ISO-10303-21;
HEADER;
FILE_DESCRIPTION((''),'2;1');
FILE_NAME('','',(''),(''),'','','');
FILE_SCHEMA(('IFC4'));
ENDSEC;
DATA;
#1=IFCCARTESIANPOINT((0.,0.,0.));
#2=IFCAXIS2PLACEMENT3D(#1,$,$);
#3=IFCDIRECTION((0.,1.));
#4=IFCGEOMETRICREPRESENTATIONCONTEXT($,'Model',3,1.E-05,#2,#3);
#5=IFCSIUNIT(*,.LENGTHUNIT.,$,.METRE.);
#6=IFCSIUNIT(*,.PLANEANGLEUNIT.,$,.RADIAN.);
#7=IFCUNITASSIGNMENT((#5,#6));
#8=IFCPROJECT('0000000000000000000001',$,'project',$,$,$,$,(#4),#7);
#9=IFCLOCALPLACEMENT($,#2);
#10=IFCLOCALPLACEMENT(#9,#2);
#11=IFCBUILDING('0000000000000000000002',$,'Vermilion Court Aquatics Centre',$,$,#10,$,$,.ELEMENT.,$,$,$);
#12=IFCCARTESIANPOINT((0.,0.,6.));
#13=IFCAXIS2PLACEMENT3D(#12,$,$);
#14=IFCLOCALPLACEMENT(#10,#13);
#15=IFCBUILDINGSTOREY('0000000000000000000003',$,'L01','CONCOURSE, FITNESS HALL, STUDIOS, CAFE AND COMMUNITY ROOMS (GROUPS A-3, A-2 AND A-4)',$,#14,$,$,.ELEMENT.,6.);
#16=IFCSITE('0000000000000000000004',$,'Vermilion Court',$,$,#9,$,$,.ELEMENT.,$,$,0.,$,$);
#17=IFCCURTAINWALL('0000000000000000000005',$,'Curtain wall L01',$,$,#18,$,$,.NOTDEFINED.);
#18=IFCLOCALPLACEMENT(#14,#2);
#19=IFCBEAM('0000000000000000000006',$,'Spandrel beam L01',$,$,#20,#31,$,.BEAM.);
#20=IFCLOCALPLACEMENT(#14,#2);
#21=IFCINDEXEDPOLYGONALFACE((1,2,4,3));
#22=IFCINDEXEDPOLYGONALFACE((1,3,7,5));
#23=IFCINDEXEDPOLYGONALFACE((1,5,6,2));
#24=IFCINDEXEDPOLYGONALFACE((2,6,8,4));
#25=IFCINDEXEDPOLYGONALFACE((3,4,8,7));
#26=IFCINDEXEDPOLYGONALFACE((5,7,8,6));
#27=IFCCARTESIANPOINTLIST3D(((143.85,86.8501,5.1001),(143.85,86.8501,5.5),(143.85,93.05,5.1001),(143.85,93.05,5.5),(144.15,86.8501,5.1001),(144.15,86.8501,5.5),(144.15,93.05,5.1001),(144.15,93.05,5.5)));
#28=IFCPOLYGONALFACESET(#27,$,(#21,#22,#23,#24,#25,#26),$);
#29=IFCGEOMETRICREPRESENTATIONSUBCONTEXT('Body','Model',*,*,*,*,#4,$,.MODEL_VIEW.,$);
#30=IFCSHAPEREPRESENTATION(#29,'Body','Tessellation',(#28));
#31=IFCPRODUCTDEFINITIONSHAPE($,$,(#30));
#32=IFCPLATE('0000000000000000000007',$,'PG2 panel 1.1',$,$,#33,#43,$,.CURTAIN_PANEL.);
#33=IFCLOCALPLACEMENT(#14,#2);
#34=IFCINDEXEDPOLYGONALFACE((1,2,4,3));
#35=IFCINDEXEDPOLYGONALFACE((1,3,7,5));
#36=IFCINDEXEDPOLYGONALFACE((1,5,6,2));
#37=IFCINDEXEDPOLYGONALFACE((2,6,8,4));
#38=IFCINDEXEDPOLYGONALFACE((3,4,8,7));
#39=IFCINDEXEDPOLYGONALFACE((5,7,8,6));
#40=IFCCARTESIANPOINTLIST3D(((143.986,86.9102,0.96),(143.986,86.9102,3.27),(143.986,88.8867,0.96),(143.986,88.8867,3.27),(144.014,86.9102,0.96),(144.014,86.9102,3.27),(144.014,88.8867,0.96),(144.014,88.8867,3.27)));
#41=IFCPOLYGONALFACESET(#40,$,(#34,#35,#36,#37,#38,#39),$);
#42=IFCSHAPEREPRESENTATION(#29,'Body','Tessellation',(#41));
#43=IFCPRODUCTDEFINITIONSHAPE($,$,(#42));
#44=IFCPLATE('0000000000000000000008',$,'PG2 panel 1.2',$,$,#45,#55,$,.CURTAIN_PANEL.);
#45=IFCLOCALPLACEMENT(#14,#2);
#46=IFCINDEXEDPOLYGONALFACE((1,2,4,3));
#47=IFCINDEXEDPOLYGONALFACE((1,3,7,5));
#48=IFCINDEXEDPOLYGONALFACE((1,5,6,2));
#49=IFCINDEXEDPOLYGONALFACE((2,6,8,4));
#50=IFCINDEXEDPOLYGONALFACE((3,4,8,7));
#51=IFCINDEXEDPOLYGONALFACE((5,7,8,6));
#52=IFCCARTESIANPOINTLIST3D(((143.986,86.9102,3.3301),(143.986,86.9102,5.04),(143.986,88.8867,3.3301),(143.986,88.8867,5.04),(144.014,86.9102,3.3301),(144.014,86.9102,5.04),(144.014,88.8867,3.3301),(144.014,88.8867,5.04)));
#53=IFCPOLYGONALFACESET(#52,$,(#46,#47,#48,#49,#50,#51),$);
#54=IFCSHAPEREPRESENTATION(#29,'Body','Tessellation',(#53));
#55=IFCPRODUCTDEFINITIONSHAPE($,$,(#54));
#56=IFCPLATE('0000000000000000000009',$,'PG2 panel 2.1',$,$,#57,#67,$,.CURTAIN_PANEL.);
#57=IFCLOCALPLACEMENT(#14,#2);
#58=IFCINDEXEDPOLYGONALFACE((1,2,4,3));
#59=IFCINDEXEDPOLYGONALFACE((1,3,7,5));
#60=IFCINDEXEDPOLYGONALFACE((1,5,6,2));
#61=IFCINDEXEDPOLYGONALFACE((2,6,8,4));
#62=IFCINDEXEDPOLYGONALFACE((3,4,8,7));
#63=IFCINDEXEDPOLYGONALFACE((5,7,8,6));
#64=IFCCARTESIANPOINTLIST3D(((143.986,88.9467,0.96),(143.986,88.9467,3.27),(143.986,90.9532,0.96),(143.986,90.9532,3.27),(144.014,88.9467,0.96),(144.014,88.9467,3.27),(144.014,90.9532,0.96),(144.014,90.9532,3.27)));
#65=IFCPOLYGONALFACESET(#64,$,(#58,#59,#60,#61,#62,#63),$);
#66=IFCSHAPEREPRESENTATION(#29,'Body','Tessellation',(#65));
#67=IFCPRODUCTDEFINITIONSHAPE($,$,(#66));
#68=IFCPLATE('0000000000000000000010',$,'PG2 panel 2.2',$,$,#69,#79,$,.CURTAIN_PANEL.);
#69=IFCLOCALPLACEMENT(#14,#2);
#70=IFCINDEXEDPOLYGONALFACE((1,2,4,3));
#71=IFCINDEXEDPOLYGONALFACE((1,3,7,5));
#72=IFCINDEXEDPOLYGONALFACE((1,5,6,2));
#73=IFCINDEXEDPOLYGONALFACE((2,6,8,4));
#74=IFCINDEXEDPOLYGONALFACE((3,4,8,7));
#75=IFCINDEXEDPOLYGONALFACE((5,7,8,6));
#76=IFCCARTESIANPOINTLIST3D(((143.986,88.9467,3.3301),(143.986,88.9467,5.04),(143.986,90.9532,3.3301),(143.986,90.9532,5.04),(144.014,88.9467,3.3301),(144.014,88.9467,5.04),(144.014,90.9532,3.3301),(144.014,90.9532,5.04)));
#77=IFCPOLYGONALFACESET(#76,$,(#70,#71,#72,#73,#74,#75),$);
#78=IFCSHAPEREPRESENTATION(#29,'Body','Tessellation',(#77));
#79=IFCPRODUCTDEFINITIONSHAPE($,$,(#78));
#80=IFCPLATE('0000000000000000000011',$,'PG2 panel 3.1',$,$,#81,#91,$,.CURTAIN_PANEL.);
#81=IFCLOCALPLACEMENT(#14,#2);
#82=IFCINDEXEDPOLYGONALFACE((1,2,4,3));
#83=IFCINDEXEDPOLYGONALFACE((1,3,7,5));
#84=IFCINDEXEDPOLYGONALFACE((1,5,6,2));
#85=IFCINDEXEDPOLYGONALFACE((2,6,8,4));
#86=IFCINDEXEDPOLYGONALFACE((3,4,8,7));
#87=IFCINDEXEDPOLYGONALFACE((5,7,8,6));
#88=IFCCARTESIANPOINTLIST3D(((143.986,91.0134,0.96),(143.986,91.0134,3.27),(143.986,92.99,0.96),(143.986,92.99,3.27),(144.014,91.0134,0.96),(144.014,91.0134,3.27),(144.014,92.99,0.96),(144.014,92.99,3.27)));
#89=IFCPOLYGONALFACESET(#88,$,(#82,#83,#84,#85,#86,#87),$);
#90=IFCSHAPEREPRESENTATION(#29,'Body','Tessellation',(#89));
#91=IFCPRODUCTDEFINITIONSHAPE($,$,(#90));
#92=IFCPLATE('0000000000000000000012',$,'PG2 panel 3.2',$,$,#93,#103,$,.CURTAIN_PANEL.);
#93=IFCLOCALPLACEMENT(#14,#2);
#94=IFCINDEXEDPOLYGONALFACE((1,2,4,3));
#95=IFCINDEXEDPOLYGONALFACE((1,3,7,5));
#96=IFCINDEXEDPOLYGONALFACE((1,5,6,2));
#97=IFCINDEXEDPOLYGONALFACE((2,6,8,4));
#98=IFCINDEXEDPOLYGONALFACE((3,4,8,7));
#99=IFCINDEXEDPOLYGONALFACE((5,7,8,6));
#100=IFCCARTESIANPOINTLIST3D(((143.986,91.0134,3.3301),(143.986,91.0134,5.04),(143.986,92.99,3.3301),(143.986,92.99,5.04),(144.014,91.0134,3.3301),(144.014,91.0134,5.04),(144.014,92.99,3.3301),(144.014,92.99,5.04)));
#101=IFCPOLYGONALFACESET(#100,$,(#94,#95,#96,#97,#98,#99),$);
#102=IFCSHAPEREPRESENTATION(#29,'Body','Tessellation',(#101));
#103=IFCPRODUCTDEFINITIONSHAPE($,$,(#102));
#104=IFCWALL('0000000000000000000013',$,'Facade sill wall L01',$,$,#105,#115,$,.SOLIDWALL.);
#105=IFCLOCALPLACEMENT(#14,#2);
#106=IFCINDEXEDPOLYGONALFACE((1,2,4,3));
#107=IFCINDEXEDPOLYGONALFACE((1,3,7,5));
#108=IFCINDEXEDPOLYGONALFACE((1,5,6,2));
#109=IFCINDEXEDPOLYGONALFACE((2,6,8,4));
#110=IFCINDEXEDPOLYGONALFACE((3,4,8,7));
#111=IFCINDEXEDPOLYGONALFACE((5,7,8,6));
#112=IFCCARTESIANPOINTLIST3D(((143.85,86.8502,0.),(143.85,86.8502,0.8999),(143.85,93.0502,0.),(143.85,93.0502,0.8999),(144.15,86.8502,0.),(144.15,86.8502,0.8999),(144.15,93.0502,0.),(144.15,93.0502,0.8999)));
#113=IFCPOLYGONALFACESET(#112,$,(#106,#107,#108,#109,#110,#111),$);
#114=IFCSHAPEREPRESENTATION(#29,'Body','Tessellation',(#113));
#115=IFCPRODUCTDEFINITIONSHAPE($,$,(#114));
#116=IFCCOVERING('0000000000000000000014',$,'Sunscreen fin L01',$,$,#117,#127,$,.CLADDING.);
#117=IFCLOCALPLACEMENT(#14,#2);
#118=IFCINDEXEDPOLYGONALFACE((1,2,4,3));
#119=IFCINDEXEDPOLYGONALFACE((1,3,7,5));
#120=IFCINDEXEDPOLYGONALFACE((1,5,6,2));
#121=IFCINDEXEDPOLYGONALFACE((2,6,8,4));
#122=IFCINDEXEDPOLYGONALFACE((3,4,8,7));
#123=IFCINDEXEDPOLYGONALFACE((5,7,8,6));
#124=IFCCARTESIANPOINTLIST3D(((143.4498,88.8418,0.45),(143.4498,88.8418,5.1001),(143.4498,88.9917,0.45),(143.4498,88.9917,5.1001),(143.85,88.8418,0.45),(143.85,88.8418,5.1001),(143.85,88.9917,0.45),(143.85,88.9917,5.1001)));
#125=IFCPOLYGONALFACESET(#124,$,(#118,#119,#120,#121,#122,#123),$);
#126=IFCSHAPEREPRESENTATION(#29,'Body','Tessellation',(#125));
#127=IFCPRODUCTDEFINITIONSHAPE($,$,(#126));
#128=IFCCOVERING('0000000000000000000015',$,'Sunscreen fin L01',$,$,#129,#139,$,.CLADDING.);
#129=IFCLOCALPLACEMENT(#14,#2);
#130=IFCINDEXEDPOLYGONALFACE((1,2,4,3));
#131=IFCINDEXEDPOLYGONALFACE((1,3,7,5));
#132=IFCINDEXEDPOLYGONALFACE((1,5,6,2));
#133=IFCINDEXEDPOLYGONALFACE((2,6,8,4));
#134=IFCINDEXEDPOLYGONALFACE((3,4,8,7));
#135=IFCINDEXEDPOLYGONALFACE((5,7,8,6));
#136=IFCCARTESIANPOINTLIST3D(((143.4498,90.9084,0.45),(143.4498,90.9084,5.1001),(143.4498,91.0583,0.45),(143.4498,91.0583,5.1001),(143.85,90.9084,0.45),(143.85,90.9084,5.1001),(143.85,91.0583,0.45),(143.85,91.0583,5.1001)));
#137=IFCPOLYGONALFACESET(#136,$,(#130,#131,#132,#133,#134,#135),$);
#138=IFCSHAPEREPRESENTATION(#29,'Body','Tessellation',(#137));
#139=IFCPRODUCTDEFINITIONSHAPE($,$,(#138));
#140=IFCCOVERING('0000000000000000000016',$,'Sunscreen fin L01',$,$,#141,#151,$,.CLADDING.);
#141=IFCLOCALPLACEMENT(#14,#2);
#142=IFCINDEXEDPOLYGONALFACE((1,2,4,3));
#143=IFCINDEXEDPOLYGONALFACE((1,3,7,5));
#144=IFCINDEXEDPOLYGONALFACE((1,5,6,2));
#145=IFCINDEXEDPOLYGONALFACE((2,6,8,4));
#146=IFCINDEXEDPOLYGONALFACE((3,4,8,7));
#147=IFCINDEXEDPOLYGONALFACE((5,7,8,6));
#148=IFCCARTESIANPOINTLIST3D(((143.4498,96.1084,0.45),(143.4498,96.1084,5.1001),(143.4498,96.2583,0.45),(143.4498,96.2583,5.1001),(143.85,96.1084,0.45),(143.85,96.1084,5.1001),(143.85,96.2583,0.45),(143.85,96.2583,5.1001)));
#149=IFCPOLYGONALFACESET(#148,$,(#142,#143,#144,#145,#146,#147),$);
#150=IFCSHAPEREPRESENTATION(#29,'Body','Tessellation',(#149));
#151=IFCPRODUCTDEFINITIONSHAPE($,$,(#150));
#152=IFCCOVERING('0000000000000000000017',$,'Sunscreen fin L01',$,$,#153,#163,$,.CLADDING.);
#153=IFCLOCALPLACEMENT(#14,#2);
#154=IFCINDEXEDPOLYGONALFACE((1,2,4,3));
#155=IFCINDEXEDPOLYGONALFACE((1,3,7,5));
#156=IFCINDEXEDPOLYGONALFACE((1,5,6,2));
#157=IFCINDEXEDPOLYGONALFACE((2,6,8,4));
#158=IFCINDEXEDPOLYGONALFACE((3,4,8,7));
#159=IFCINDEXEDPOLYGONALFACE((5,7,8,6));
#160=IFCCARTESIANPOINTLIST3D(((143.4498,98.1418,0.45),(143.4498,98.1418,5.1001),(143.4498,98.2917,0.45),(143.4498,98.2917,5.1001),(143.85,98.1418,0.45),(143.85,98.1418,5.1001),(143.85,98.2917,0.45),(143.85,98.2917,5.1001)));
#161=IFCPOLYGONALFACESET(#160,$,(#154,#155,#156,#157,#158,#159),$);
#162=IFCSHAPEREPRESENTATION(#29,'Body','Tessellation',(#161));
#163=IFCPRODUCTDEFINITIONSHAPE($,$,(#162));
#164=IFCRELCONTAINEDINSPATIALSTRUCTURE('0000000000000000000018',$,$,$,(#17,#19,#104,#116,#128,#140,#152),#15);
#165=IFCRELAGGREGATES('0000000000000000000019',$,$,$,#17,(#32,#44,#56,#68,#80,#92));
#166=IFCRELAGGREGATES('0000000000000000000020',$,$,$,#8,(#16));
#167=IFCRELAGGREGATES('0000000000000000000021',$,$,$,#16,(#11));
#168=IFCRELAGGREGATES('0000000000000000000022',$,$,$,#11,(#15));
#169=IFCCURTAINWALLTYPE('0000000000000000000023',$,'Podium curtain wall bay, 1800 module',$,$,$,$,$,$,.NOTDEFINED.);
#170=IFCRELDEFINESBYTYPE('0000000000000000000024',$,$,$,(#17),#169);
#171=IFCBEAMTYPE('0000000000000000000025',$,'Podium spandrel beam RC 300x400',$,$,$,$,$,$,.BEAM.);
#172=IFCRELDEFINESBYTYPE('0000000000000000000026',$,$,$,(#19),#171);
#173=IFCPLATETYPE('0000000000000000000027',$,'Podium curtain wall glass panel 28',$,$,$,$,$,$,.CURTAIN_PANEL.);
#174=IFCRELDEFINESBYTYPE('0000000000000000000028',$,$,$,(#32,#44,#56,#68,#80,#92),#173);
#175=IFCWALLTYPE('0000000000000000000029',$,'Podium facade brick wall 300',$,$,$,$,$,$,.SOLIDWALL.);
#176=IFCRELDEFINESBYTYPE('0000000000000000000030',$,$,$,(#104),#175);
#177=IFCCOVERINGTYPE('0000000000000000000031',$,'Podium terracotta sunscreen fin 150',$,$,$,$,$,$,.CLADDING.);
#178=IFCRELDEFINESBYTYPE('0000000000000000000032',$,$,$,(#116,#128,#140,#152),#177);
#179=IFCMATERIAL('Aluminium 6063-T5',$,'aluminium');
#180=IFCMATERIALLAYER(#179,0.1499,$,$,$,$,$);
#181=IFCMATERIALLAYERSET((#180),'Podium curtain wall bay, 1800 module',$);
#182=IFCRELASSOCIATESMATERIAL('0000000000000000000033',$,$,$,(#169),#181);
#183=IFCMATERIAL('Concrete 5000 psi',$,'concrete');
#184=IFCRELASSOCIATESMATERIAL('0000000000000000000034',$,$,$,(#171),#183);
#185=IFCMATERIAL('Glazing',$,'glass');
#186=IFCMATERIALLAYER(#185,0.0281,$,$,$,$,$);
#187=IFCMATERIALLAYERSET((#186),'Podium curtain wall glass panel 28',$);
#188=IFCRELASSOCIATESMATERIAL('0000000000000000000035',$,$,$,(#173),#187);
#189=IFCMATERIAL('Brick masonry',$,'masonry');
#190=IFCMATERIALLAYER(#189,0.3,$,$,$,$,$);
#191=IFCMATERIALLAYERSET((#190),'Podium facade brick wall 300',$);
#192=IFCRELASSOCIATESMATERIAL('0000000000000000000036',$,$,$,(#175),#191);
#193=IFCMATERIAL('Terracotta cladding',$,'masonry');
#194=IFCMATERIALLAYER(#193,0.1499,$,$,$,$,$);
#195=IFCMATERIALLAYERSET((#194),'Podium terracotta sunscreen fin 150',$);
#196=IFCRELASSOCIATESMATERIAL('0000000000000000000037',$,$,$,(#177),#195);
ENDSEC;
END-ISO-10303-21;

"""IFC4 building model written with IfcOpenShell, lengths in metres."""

from ifc_helpers import new_model, si_unit, direction, frame, frame_2d, origin, origin_2d, place, context, subcontext, project, spatial, rectangle, extrude, material, layer, layer_set, material_profile, profile_set, type_object, element, aggregate, save


model = new_model("IFC4")

# Units and contexts
model_context = context("Model", 3, precision=1e-05, world=origin(), true_north=direction((0.0, 1.0)))
body_context = subcontext(model_context, "Body", "Model", "MODEL_VIEW")
ifc_project = project(units=[si_unit("LENGTHUNIT", "METRE"), si_unit("PLANEANGLEUNIT", "RADIAN")], contexts=[model_context])

# Site, building, storey
site_placement = place(None, origin())
site = spatial("IfcSite", under=ifc_project, at=site_placement, Name="Vermilion Court", CompositionType="ELEMENT", RefElevation=0.0)
building_placement = place(site_placement, origin())
building = spatial("IfcBuilding", under=site, at=building_placement, Name="Vermilion Court Aquatics Centre", CompositionType="ELEMENT")
storey_placement = place(building_placement, frame((0.0, 0.0, 6.0)))
storey = spatial("IfcBuildingStorey", under=building, at=storey_placement, Name="L01", Description="CONCOURSE, FITNESS HALL, STUDIOS, CAFE AND COMMUNITY ROOMS (GROUPS A-3, A-2 AND A-4)", CompositionType="ELEMENT", Elevation=6.0)

# Curtain wall
ifc_material_1 = material(Name="Aluminium 6063-T5", Category="aluminium")
ifc_layer_1 = layer(ifc_material_1, 0.1499)
ifc_layer_set_1 = layer_set([ifc_layer_1], Name="Podium curtain wall bay, 1800 module")
curtain_wall_type = type_object("IfcCurtainWallType", Name="Podium curtain wall bay, 1800 module", PredefinedType="NOTDEFINED", material=ifc_layer_set_1)
curtain_wall_placement = place(storey_placement, origin())
curtain_wall = element("IfcCurtainWall", 1, at=curtain_wall_placement, inside=storey, type_object=curtain_wall_type, Name="Curtain wall L01", PredefinedType="NOTDEFINED")

# Beam
ifc_material_2 = material(Name="Concrete 5000 psi", Category="concrete")
ifc_material_profile_1 = material_profile(ifc_material_2, rectangle(XDim=0.3, YDim=0.3999, at=origin_2d()), Name="RC 300x400")
ifc_profile_set_1 = profile_set([ifc_material_profile_1], Name="Concrete 5000 psi")
beam_type = type_object("IfcBeamType", Name="Podium spandrel beam RC 300x400", PredefinedType="BEAM", material=ifc_profile_set_1)
beam_placement = place(storey_placement, frame((144.0, 86.8501, 5.3), z_axis=(0.0, 1.0, 0.0), x_axis=(-1.0, 0.0, 0.0)))
element("IfcBeam", 2, at=beam_placement, inside=storey, type_object=beam_type, Name="Spandrel beam L01", PredefinedType="BEAM", context=body_context, shape_type="SweptSolid", body=[
    extrude(rectangle(XDim=0.3, YDim=0.3999, at=origin_2d()), origin(), (0.0, 0.0, 1.0), 6.2),
])

# Plates
ifc_material_3 = material(Name="Glazing", Category="glass")
ifc_layer_2 = layer(ifc_material_3, 0.0281)
ifc_layer_set_2 = layer_set([ifc_layer_2], Name="Podium curtain wall glass panel 28")
plate_type = type_object("IfcPlateType", Name="Podium curtain wall glass panel 28", PredefinedType="CURTAIN_PANEL", material=ifc_layer_set_2)
plate_1_placement = place(storey_placement, frame((144.0, 87.8984, 0.96), z_axis=(0.0, 0.0, 1.0), x_axis=(0.0, 1.0, 0.0)))
plate_1 = element("IfcPlate", 3, at=plate_1_placement, type_object=plate_type, Name="PG2 panel 1.1", PredefinedType="CURTAIN_PANEL", context=body_context, shape_type="SweptSolid", body=[
    extrude(rectangle(XDim=1.9766, YDim=0.0281, at=origin_2d()), origin(), (0.0, 0.0, 1.0), 2.3101),
])
plate_2_placement = place(storey_placement, frame((144.0, 87.8984, 3.3301), z_axis=(0.0, 0.0, 1.0), x_axis=(0.0, 1.0, 0.0)))
plate_2 = element("IfcPlate", 4, at=plate_2_placement, type_object=plate_type, Name="PG2 panel 1.2", PredefinedType="CURTAIN_PANEL", context=body_context, shape_type="SweptSolid", body=[
    extrude(rectangle(XDim=1.9766, YDim=0.0281, at=origin_2d()), origin(), (0.0, 0.0, 1.0), 1.71),
])
plate_3_placement = place(storey_placement, frame((144.0, 89.95, 0.96), z_axis=(0.0, 0.0, 1.0), x_axis=(0.0, 1.0, 0.0)))
plate_3 = element("IfcPlate", 5, at=plate_3_placement, type_object=plate_type, Name="PG2 panel 2.1", PredefinedType="CURTAIN_PANEL", context=body_context, shape_type="SweptSolid", body=[
    extrude(rectangle(XDim=2.0066, YDim=0.0281, at=origin_2d()), origin(), (0.0, 0.0, 1.0), 2.3101),
])
plate_4_placement = place(storey_placement, frame((144.0, 89.95, 3.3301), z_axis=(0.0, 0.0, 1.0), x_axis=(0.0, 1.0, 0.0)))
plate_4 = element("IfcPlate", 6, at=plate_4_placement, type_object=plate_type, Name="PG2 panel 2.2", PredefinedType="CURTAIN_PANEL", context=body_context, shape_type="SweptSolid", body=[
    extrude(rectangle(XDim=2.0066, YDim=0.0281, at=origin_2d()), origin(), (0.0, 0.0, 1.0), 1.71),
])
plate_5_placement = place(storey_placement, frame((144.0, 92.0017, 0.96), z_axis=(0.0, 0.0, 1.0), x_axis=(0.0, 1.0, 0.0)))
plate_5 = element("IfcPlate", 7, at=plate_5_placement, type_object=plate_type, Name="PG2 panel 3.1", PredefinedType="CURTAIN_PANEL", context=body_context, shape_type="SweptSolid", body=[
    extrude(rectangle(XDim=1.9766, YDim=0.0281, at=origin_2d()), origin(), (0.0, 0.0, 1.0), 2.3101),
])
plate_6_placement = place(storey_placement, frame((144.0, 92.0017, 3.3301), z_axis=(0.0, 0.0, 1.0), x_axis=(0.0, 1.0, 0.0)))
plate_6 = element("IfcPlate", 8, at=plate_6_placement, type_object=plate_type, Name="PG2 panel 3.2", PredefinedType="CURTAIN_PANEL", context=body_context, shape_type="SweptSolid", body=[
    extrude(rectangle(XDim=1.9766, YDim=0.0281, at=origin_2d()), origin(), (0.0, 0.0, 1.0), 1.71),
])
aggregate(curtain_wall, [plate_1, plate_2, plate_3, plate_4, plate_5, plate_6])

# Wall
ifc_material_4 = material(Name="Brick masonry", Category="masonry")
ifc_layer_3 = layer(ifc_material_4, 0.3)
ifc_layer_set_3 = layer_set([ifc_layer_3], Name="Podium facade brick wall 300")
wall_type = type_object("IfcWallType", Name="Podium facade brick wall 300", PredefinedType="SOLIDWALL", material=ifc_layer_set_3)
wall_placement = place(storey_placement, frame((144.0, 86.8501, 0.0), z_axis=(0.0, 0.0, 1.0), x_axis=(0.0, 1.0, 0.0)))
element("IfcWall", 9, at=wall_placement, inside=storey, type_object=wall_type, Name="Facade sill wall L01", PredefinedType="SOLIDWALL", context=body_context, shape_type="SweptSolid", body=[
    extrude(rectangle(XDim=6.2, YDim=0.3, at=frame_2d((3.1001, 0.0))), origin(), (0.0, 0.0, 1.0), 0.8999),
])

# Coverings
ifc_material_5 = material(Name="Terracotta cladding", Category="masonry")
ifc_layer_4 = layer(ifc_material_5, 0.1499)
ifc_layer_set_4 = layer_set([ifc_layer_4], Name="Podium terracotta sunscreen fin 150")
covering_type = type_object("IfcCoveringType", Name="Podium terracotta sunscreen fin 150", PredefinedType="CLADDING", material=ifc_layer_set_4)
for number, where, z_axis, x_axis, name in (
    (10, (143.8501, 88.9167, 0.45), (0.0, 0.0, 1.0), (-1.0, 0.0, 0.0), "Sunscreen fin L01"),
    (11, (143.8501, 90.9834, 0.45), (0.0, 0.0, 1.0), (-1.0, 0.0, 0.0), "Sunscreen fin L01"),
    (12, (143.8501, 96.1833, 0.45), (0.0, 0.0, 1.0), (-1.0, 0.0, 0.0), "Sunscreen fin L01"),
    (13, (143.8501, 98.2168, 0.45), (0.0, 0.0, 1.0), (-1.0, 0.0, 0.0), "Sunscreen fin L01"),
):
    element("IfcCovering", number, at=place(storey_placement, frame(where, z_axis=z_axis, x_axis=x_axis)), inside=storey, type_object=covering_type, Name=name, PredefinedType="CLADDING", context=body_context, shape_type="SweptSolid", body=[
        extrude(rectangle(XDim=0.4001, YDim=0.1499, at=frame_2d((0.2002, 0.0))), origin(), (0.0, 0.0, 1.0), 4.6501),
    ])

save(model, "model.ifc")
